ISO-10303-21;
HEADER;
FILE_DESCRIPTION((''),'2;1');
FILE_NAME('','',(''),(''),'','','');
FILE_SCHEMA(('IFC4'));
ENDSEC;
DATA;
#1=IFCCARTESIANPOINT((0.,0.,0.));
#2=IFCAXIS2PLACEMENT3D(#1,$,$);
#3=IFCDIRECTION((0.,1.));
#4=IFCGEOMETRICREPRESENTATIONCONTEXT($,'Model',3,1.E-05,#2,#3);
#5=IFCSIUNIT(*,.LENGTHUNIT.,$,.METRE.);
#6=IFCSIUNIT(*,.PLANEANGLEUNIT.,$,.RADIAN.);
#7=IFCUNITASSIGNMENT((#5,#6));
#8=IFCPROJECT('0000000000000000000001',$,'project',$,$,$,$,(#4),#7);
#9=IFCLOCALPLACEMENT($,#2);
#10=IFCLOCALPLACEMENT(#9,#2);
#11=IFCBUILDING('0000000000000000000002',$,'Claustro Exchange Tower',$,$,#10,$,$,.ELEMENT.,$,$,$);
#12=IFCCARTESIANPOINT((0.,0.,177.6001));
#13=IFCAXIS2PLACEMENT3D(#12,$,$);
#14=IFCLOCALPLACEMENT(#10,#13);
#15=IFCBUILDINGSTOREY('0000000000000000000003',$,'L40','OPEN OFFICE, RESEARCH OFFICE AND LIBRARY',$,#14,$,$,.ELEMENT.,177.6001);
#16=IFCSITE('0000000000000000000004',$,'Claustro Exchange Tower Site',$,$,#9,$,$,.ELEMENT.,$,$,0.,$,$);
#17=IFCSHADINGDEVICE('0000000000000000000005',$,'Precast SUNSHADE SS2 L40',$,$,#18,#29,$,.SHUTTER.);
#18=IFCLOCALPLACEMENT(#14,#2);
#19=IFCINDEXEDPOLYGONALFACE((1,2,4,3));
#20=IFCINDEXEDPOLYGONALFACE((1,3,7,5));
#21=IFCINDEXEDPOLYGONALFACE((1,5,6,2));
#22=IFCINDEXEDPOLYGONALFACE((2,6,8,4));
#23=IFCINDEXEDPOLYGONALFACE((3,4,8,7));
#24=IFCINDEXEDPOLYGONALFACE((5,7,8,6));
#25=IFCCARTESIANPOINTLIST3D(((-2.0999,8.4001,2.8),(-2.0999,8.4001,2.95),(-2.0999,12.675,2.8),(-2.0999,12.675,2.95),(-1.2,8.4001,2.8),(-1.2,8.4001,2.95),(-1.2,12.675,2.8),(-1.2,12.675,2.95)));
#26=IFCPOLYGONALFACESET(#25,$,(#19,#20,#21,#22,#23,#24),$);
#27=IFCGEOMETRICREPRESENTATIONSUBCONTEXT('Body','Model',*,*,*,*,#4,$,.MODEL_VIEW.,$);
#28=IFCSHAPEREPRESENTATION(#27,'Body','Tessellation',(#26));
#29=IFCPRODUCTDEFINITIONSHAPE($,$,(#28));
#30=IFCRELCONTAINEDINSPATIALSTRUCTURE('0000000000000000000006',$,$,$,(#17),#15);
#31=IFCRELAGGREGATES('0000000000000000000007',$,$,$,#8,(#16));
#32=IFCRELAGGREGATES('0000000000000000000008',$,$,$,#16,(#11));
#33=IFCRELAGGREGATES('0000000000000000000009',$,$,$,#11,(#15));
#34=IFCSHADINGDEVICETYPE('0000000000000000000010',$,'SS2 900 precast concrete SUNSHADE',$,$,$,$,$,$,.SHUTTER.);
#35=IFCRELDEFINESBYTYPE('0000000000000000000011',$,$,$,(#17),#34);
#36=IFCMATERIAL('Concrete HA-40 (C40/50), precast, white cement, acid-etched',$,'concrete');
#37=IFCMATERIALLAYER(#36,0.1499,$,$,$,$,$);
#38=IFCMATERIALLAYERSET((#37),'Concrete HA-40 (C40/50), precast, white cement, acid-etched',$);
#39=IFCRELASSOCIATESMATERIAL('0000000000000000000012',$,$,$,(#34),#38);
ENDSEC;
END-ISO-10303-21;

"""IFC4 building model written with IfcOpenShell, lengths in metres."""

from ifc_helpers import new_model, si_unit, direction, frame, origin, origin_2d, place, context, subcontext, project, spatial, rectangle, extrude, material, layer, layer_set, type_object, element, save


model = new_model("IFC4")

# Units and contexts
model_context = context("Model", 3, precision=1e-05, world=origin(), true_north=direction((0.0, 1.0)))
body_context = subcontext(model_context, "Body", "Model", "MODEL_VIEW")
ifc_project = project(units=[si_unit("LENGTHUNIT", "METRE"), si_unit("PLANEANGLEUNIT", "RADIAN")], contexts=[model_context])

# Site, building, storey
site_placement = place(None, origin())
site = spatial("IfcSite", under=ifc_project, at=site_placement, Name="Claustro Exchange Tower Site", CompositionType="ELEMENT", RefElevation=0.0)
building_placement = place(site_placement, origin())
building = spatial("IfcBuilding", under=site, at=building_placement, Name="Claustro Exchange Tower", CompositionType="ELEMENT")
storey_placement = place(building_placement, frame((0.0, 0.0, 177.6001)))
storey = spatial("IfcBuildingStorey", under=building, at=storey_placement, Name="L40", Description="OPEN OFFICE, RESEARCH OFFICE AND LIBRARY", CompositionType="ELEMENT", Elevation=177.6001)

# Shading device
ifc_material_1 = material(Name="Concrete HA-40 (C40/50), precast, white cement, acid-etched", Category="concrete")
ifc_layer_1 = layer(ifc_material_1, 0.1499)
ifc_layer_set_1 = layer_set([ifc_layer_1], Name="Concrete HA-40 (C40/50), precast, white cement, acid-etched")
shading_device_type = type_object("IfcShadingDeviceType", Name="SS2 900 precast concrete SUNSHADE", PredefinedType="SHUTTER", material=ifc_layer_set_1)
shading_device_placement = place(storey_placement, frame((-1.6499, 10.5376, 2.8), z_axis=(0.0, 0.0, 1.0), x_axis=(0.0, 1.0, 0.0)))
element("IfcShadingDevice", 1, at=shading_device_placement, inside=storey, type_object=shading_device_type, Name="Precast SUNSHADE SS2 L40", PredefinedType="SHUTTER", context=body_context, shape_type="SweptSolid", body=[
    extrude(rectangle(XDim=4.2749, YDim=0.8999, at=origin_2d()), origin(), (0.0, 0.0, 1.0), 0.1499),
])

save(model, "model.ifc")
